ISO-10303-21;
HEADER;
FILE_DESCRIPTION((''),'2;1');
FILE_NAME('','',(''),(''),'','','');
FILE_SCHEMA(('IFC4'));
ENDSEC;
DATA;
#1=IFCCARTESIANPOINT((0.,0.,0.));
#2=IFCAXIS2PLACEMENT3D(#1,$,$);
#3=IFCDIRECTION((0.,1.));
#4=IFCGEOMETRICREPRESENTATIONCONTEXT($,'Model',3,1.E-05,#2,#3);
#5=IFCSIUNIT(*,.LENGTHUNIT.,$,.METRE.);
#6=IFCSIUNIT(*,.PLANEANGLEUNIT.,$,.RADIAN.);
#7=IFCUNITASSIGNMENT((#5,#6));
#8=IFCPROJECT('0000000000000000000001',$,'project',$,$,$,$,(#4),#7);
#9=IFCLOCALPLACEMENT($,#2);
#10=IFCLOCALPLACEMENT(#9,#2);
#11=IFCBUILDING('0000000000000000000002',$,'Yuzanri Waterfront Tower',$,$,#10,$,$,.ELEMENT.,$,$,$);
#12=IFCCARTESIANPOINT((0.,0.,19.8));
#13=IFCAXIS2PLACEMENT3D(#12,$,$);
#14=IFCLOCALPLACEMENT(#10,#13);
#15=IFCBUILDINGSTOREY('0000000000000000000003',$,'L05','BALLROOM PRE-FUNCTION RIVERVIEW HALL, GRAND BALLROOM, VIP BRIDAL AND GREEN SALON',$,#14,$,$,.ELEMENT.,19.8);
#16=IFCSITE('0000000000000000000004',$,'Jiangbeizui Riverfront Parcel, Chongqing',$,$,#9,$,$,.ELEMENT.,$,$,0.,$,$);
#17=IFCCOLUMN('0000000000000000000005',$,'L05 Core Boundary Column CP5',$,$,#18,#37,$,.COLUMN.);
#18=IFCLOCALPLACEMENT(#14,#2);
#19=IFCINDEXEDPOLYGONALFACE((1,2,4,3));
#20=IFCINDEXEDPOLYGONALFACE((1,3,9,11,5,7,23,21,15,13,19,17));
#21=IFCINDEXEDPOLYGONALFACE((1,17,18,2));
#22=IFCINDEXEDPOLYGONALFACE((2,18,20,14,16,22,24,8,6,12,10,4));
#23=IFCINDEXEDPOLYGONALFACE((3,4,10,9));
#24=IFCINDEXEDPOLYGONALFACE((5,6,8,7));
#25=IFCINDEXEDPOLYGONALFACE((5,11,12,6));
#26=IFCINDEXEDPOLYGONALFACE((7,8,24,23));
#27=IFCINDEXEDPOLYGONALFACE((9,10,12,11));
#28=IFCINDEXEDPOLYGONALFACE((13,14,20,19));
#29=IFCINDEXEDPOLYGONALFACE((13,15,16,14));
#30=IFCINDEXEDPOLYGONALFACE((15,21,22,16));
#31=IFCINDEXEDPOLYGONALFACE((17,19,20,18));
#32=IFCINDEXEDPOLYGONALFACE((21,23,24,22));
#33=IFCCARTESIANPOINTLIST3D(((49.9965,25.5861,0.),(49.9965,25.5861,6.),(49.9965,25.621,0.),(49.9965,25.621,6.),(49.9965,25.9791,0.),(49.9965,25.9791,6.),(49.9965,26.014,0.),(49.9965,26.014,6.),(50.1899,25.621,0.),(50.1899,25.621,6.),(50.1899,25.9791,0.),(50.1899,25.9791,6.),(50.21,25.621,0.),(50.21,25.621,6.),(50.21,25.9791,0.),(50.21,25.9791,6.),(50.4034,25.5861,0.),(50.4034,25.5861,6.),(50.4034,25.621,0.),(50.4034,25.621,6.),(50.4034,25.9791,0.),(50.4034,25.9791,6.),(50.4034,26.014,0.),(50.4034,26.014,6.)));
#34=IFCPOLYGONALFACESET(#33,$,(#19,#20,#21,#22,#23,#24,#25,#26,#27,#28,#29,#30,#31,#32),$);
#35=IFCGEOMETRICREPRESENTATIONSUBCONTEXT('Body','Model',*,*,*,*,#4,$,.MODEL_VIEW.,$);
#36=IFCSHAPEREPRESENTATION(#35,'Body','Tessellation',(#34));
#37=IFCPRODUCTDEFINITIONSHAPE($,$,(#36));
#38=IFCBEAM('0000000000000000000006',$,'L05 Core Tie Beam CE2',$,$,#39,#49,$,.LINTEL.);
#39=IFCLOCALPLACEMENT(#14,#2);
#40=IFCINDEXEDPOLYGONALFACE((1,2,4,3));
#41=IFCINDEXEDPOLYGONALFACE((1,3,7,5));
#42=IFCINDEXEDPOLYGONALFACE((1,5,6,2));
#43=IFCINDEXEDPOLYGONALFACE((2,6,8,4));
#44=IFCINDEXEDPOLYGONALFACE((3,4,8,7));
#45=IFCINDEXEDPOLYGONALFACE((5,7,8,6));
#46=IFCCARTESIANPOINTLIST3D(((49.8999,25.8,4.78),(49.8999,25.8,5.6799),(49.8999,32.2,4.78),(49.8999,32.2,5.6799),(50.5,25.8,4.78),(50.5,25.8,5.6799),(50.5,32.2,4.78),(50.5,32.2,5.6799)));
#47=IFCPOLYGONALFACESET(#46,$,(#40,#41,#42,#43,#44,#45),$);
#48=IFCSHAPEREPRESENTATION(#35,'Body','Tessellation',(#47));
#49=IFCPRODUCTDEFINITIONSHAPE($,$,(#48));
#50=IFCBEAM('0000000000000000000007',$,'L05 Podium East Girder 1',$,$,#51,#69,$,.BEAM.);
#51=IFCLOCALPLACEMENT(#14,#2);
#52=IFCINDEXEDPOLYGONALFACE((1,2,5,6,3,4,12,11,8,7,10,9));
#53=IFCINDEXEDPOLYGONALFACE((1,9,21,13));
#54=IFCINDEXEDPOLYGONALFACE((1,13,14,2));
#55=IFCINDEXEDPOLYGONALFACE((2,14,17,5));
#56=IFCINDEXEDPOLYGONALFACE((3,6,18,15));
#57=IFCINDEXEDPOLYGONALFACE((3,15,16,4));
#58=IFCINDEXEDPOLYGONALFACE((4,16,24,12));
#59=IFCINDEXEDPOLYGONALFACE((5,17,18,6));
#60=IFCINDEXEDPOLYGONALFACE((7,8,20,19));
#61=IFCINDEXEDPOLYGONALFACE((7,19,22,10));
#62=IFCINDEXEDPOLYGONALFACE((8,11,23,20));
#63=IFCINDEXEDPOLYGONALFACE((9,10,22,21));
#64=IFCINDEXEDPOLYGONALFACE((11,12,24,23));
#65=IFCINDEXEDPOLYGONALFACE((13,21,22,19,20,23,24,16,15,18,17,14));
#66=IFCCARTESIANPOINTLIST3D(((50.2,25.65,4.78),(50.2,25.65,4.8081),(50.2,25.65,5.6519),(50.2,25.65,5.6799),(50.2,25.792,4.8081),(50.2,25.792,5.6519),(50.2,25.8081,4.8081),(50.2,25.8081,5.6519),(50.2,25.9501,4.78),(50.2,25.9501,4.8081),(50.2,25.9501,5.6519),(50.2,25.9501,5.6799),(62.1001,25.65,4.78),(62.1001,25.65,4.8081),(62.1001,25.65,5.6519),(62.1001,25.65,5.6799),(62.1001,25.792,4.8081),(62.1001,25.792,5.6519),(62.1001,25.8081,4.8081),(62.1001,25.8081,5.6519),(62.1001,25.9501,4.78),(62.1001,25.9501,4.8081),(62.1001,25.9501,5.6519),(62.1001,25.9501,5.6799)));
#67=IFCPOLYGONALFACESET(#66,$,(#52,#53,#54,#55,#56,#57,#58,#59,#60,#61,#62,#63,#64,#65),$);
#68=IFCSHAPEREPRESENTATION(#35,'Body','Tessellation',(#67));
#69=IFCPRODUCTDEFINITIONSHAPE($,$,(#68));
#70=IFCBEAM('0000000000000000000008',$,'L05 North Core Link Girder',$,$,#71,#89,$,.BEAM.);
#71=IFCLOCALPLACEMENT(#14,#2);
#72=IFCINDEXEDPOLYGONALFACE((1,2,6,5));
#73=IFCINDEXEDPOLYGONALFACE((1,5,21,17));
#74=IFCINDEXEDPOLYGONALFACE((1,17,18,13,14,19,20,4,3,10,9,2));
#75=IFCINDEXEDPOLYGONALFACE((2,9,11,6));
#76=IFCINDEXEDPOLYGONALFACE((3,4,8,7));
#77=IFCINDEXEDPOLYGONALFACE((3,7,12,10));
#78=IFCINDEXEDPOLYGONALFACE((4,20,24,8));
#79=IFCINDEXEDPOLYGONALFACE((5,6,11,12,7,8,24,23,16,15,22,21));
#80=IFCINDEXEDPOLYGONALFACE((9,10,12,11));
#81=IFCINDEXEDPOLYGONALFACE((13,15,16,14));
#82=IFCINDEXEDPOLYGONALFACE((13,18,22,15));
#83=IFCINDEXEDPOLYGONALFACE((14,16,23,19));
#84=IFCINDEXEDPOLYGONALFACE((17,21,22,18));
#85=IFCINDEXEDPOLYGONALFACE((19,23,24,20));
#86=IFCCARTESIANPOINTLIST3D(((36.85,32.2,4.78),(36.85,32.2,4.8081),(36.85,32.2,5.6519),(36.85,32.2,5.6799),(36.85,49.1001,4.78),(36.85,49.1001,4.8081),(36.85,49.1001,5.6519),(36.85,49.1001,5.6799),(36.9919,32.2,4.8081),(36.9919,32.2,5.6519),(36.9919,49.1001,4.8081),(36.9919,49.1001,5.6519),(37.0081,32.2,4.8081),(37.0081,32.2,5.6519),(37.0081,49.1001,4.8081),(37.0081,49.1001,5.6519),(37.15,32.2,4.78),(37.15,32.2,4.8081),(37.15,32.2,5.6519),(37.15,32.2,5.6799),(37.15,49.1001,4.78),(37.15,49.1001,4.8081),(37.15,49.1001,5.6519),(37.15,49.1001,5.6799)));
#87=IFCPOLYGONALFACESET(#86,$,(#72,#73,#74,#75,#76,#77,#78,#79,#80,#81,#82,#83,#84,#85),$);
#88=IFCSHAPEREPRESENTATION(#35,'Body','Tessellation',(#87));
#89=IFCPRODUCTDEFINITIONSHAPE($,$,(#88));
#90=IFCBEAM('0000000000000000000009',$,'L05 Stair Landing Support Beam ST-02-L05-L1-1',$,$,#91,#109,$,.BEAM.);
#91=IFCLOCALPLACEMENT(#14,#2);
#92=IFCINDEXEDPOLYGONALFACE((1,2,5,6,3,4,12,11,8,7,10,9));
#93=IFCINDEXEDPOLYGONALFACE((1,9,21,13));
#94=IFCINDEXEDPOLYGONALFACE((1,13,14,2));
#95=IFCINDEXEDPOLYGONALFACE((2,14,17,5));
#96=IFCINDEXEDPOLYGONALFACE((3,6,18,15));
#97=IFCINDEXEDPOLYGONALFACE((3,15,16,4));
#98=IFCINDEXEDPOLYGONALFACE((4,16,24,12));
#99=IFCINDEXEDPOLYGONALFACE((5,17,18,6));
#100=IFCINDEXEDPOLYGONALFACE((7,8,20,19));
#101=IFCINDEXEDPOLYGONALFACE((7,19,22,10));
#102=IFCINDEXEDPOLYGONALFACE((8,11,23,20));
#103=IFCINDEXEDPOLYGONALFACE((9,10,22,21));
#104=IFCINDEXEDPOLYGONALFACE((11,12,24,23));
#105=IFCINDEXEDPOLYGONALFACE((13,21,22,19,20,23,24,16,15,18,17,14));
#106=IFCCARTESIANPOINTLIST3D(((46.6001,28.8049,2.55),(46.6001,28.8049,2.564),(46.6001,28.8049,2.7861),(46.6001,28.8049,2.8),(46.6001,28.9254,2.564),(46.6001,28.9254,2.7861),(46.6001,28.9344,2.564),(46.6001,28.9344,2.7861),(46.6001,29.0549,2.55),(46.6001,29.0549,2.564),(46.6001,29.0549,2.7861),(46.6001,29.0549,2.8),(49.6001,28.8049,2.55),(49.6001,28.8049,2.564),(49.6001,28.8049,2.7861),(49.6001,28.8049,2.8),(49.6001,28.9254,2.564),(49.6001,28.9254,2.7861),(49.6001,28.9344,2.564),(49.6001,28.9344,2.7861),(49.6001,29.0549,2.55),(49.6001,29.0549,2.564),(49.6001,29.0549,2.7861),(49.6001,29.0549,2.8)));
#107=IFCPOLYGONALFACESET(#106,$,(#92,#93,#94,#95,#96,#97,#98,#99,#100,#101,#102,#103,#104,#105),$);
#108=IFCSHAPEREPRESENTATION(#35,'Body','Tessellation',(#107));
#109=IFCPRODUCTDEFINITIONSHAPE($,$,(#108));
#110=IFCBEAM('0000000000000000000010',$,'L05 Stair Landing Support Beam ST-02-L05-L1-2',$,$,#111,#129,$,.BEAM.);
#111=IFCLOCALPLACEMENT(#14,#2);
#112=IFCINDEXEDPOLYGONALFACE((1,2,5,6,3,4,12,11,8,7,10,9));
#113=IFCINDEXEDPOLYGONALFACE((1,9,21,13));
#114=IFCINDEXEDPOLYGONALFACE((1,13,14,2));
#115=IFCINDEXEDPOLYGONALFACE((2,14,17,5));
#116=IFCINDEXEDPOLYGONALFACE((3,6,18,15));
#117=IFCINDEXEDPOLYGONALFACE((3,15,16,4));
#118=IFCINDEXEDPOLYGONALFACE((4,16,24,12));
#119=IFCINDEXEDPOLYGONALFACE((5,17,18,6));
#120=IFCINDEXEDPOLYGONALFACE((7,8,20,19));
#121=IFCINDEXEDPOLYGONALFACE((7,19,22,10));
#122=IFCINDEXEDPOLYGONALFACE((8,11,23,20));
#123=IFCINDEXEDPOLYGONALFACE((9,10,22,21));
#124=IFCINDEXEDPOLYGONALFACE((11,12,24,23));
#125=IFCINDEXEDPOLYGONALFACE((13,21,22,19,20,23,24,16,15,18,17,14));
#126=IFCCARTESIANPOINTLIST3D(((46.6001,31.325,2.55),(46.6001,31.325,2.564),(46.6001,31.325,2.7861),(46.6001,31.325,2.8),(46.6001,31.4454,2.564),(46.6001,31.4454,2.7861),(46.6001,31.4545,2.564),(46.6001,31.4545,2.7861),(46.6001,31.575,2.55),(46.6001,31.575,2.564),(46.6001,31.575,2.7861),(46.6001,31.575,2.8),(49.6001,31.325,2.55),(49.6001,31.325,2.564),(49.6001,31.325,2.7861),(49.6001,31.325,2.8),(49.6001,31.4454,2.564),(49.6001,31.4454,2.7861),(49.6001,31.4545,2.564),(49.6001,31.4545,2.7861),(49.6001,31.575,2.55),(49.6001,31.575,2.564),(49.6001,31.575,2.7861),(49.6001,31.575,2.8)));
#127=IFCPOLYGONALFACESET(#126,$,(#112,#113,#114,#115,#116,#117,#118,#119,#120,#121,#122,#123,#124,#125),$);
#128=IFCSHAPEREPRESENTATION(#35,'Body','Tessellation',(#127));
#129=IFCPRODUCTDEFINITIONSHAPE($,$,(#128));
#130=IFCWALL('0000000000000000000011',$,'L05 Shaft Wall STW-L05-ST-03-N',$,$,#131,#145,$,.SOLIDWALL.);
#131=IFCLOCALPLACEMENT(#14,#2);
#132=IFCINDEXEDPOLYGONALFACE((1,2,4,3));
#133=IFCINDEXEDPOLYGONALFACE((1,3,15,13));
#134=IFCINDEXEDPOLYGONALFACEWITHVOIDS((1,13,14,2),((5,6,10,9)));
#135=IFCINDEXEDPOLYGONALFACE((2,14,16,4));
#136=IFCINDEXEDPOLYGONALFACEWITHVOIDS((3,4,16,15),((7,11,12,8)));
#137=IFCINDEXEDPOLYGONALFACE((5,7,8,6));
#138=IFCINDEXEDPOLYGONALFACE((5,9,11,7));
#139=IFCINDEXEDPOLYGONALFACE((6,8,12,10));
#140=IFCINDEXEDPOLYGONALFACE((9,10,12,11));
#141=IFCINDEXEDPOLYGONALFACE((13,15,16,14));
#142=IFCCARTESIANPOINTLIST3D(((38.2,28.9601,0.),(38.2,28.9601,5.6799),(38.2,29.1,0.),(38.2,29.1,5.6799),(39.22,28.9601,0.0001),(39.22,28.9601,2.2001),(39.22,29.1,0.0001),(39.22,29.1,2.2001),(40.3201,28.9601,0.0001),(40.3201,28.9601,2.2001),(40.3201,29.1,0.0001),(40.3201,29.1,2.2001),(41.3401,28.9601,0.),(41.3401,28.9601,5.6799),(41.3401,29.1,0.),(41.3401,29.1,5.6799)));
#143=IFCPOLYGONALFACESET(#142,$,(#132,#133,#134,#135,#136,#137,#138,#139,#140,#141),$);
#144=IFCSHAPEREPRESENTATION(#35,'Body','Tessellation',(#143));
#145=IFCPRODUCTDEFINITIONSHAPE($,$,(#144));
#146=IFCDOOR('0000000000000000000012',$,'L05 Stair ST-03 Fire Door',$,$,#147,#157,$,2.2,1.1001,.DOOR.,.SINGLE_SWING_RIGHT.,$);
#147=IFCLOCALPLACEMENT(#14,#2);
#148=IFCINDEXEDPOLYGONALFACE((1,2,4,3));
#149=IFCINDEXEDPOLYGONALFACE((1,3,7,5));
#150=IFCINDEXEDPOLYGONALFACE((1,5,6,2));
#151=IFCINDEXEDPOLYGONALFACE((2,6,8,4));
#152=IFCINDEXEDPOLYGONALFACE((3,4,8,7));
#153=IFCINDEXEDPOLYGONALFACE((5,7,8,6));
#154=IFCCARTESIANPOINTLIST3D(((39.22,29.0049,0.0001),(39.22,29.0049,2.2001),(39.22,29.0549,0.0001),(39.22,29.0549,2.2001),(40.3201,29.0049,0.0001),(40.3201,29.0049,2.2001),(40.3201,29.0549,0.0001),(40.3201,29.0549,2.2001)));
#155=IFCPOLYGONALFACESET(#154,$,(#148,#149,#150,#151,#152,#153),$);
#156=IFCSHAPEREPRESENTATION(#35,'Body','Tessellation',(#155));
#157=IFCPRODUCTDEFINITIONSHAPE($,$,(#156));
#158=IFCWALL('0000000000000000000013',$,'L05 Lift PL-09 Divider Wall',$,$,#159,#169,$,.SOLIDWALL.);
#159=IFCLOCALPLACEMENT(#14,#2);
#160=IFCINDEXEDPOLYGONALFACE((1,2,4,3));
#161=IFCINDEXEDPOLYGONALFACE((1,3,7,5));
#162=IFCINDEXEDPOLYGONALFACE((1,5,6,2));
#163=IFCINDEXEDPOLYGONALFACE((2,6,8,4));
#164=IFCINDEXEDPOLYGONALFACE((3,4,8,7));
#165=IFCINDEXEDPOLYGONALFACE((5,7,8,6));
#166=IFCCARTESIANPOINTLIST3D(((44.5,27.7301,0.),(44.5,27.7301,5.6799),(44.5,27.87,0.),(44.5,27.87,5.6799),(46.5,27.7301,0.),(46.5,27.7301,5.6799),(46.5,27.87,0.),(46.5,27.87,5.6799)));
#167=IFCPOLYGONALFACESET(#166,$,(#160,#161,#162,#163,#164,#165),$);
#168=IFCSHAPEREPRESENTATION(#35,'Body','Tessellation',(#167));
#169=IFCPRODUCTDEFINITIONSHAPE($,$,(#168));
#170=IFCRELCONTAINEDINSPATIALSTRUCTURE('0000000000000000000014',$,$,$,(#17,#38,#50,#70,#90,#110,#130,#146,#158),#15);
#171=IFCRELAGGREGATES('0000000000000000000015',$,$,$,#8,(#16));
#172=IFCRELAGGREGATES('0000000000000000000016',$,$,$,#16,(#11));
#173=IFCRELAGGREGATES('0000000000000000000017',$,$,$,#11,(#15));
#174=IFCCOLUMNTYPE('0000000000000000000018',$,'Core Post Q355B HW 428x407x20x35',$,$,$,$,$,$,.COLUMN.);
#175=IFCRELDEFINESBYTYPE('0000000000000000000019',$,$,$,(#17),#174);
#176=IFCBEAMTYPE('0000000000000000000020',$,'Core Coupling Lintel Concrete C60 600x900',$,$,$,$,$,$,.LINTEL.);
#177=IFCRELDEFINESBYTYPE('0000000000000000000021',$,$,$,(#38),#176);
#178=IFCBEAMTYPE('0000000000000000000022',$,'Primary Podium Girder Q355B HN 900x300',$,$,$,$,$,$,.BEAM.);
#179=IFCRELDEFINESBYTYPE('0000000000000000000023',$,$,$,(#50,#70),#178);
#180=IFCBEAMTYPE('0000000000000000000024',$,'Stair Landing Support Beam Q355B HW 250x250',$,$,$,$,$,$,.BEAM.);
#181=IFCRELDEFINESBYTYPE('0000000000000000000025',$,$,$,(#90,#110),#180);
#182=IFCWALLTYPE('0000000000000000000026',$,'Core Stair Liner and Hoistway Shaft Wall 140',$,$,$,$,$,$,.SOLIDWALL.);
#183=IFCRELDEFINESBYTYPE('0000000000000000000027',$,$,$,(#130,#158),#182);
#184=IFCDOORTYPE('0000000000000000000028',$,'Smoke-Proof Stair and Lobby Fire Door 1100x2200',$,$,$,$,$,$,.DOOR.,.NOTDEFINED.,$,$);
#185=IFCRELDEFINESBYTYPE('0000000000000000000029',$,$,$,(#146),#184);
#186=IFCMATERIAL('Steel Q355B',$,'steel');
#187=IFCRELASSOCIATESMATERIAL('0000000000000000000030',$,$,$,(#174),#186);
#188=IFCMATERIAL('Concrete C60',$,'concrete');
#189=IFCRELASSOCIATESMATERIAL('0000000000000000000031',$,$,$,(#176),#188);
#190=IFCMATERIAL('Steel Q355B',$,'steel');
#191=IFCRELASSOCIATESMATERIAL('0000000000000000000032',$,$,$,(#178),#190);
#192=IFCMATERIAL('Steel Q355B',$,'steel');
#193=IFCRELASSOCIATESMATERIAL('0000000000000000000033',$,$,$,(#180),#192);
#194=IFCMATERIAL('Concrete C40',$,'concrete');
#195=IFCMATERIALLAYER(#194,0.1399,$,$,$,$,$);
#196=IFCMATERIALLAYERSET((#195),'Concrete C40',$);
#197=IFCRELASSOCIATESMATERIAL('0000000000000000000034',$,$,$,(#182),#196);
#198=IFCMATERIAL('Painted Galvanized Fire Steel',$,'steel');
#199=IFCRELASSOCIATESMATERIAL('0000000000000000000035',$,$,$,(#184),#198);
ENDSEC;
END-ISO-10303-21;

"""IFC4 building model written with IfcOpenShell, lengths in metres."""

from ifc_helpers import new_model, si_unit, direction, frame, frame_2d, origin, origin_2d, place, context, subcontext, project, spatial, rectangle, i_section, extrude, source, transform, mapped, material, layer, layer_set, material_profile, profile_set, type_object, element, fill, save


model = new_model("IFC4")

# Units and contexts
model_context = context("Model", 3, precision=1e-05, world=origin(), true_north=direction((0.0, 1.0)))
body_context = subcontext(model_context, "Body", "Model", "MODEL_VIEW")
ifc_project = project(units=[si_unit("LENGTHUNIT", "METRE"), si_unit("PLANEANGLEUNIT", "RADIAN")], contexts=[model_context])

# Site, building, storey
site_placement = place(None, origin())
site = spatial("IfcSite", under=ifc_project, at=site_placement, Name="Jiangbeizui Riverfront Parcel, Chongqing", CompositionType="ELEMENT", RefElevation=0.0)
building_placement = place(site_placement, origin())
building = spatial("IfcBuilding", under=site, at=building_placement, Name="Yuzanri Waterfront Tower", CompositionType="ELEMENT")
storey_placement = place(building_placement, frame((0.0, 0.0, 19.8)))
storey = spatial("IfcBuildingStorey", under=building, at=storey_placement, Name="L05", Description="BALLROOM PRE-FUNCTION RIVERVIEW HALL, GRAND BALLROOM, VIP BRIDAL AND GREEN SALON", CompositionType="ELEMENT", Elevation=19.8)

# Column
ifc_material_1 = material(Name="Steel Q355B", Category="steel")
ifc_material_profile_1 = material_profile(ifc_material_1, i_section(OverallWidth=0.407, OverallDepth=0.428, WebThickness=0.02, FlangeThickness=0.0349, at=origin_2d()), Name="HW 428x407x20x35")
ifc_profile_set_1 = profile_set([ifc_material_profile_1], Name="Steel Q355B")
column_type = type_object("IfcColumnType", Name="Core Post Q355B HW 428x407x20x35", PredefinedType="COLUMN", material=ifc_profile_set_1)
shared_shape_1 = source(origin(), body_context, "Body", "SweptSolid", [
    extrude(i_section(OverallWidth=0.407, OverallDepth=0.428, WebThickness=0.02, FlangeThickness=0.0349, at=origin_2d()), origin(), (0.0, 0.0, 1.0), 6.0),
])
column_placement = place(storey_placement, frame((50.2, 25.8, 0.0), z_axis=(0.0, 0.0, 1.0), x_axis=(1.0, 0.0, 0.0)))
element("IfcColumn", 1, at=column_placement, inside=storey, type_object=column_type, Name="L05 Core Boundary Column CP5", PredefinedType="COLUMN", context=body_context, shape_type="MappedRepresentation", body=[
    mapped(shared_shape_1, transform((0.0, 0.0, 0.0), scale=1.0)),
])

# Beams
ifc_material_2 = material(Name="Concrete C60", Category="concrete")
ifc_material_profile_2 = material_profile(ifc_material_2, rectangle(XDim=0.6001, YDim=0.8999, at=origin_2d()), Name="RC 600x900")
ifc_profile_set_2 = profile_set([ifc_material_profile_2], Name="Concrete C60")
beam_type_1 = type_object("IfcBeamType", Name="Core Coupling Lintel Concrete C60 600x900", PredefinedType="LINTEL", material=ifc_profile_set_2)
shared_shape_2 = source(origin(), body_context, "Body", "SweptSolid", [
    extrude(rectangle(XDim=0.6001, YDim=0.8999, at=origin_2d()), origin(), (0.0, 0.0, 1.0), 6.3999),
])
beam_1_placement = place(storey_placement, frame((50.2, 25.8, 5.23), z_axis=(0.0, 1.0, 0.0), x_axis=(-1.0, 0.0, 0.0)))
element("IfcBeam", 2, at=beam_1_placement, inside=storey, type_object=beam_type_1, Name="L05 Core Tie Beam CE2", PredefinedType="LINTEL", context=body_context, shape_type="MappedRepresentation", body=[
    mapped(shared_shape_2, transform((0.0, 0.0, 0.0), scale=1.0)),
])
ifc_material_3 = material(Name="Steel Q355B", Category="steel")
ifc_material_profile_3 = material_profile(ifc_material_3, i_section(OverallWidth=0.3, OverallDepth=0.8999, WebThickness=0.0161, FlangeThickness=0.0281, at=origin_2d()), Name="HN 900x300x16x28")
ifc_profile_set_3 = profile_set([ifc_material_profile_3], Name="Steel Q355B")
beam_type_2 = type_object("IfcBeamType", Name="Primary Podium Girder Q355B HN 900x300", PredefinedType="BEAM", material=ifc_profile_set_3)
shared_shape_3 = source(origin(), body_context, "Body", "SweptSolid", [
    extrude(i_section(OverallWidth=0.3, OverallDepth=0.8999, WebThickness=0.0161, FlangeThickness=0.0281, at=origin_2d()), origin(), (0.0, 0.0, 1.0), 11.9001),
])
beam_2_placement = place(storey_placement, frame((50.2, 25.8, 5.23), z_axis=(1.0, 0.0, 0.0), x_axis=(0.0, 1.0, 0.0)))
element("IfcBeam", 3, at=beam_2_placement, inside=storey, type_object=beam_type_2, Name="L05 Podium East Girder 1", PredefinedType="BEAM", context=body_context, shape_type="MappedRepresentation", body=[
    mapped(shared_shape_3, transform((0.0, 0.0, 0.0), scale=1.0)),
])
shared_shape_4 = source(origin(), body_context, "Body", "SweptSolid", [
    extrude(i_section(OverallWidth=0.3, OverallDepth=0.8999, WebThickness=0.0161, FlangeThickness=0.0281, at=origin_2d()), origin(), (0.0, 0.0, 1.0), 16.9001),
])
beam_3_placement = place(storey_placement, frame((37.0, 32.2, 5.23), z_axis=(0.0, 1.0, 0.0), x_axis=(-1.0, 0.0, 0.0)))
element("IfcBeam", 4, at=beam_3_placement, inside=storey, type_object=beam_type_2, Name="L05 North Core Link Girder", PredefinedType="BEAM", context=body_context, shape_type="MappedRepresentation", body=[
    mapped(shared_shape_4, transform((0.0, 0.0, 0.0), scale=1.0)),
])
ifc_material_4 = material(Name="Steel Q355B", Category="steel")
ifc_material_profile_4 = material_profile(ifc_material_4, i_section(OverallWidth=0.25, OverallDepth=0.25, WebThickness=0.009, FlangeThickness=0.0139, at=origin_2d()), Name="HW 250x250x9x14")
ifc_profile_set_4 = profile_set([ifc_material_profile_4], Name="Steel Q355B")
beam_type_3 = type_object("IfcBeamType", Name="Stair Landing Support Beam Q355B HW 250x250", PredefinedType="BEAM", material=ifc_profile_set_4)
shared_shape_5 = source(origin(), body_context, "Body", "SweptSolid", [
    extrude(i_section(OverallWidth=0.25, OverallDepth=0.25, WebThickness=0.009, FlangeThickness=0.0139, at=origin_2d()), origin(), (0.0, 0.0, 1.0), 3.0),
])
for number, where, z_axis, x_axis, name in (
    (5, (46.6001, 28.9299, 2.675), (1.0, 0.0, 0.0), (0.0, 1.0, 0.0), "L05 Stair Landing Support Beam ST-02-L05-L1-1"),
    (6, (46.6001, 31.45, 2.675), (1.0, 0.0, 0.0), (0.0, 1.0, 0.0), "L05 Stair Landing Support Beam ST-02-L05-L1-2"),
):
    element("IfcBeam", number, at=place(storey_placement, frame(where, z_axis=z_axis, x_axis=x_axis)), inside=storey, type_object=beam_type_3, Name=name, PredefinedType="BEAM", context=body_context, shape_type="MappedRepresentation", body=[
        mapped(shared_shape_5, transform((0.0, 0.0, 0.0), scale=1.0)),
    ])

# Wall, opening, door
ifc_material_5 = material(Name="Concrete C40", Category="concrete")
ifc_layer_1 = layer(ifc_material_5, 0.1399)
ifc_layer_set_1 = layer_set([ifc_layer_1], Name="Concrete C40")
wall_type = type_object("IfcWallType", Name="Core Stair Liner and Hoistway Shaft Wall 140", PredefinedType="SOLIDWALL", material=ifc_layer_set_1)
wall_1_placement = place(storey_placement, frame((38.2, 29.03, 0.0), z_axis=(0.0, 0.0, 1.0), x_axis=(1.0, 0.0, 0.0)))
wall_1 = element("IfcWall", 7, at=wall_1_placement, inside=storey, type_object=wall_type, Name="L05 Shaft Wall STW-L05-ST-03-N", PredefinedType="SOLIDWALL", context=body_context, shape_type="SweptSolid", body=[
    extrude(rectangle(XDim=3.1401, YDim=0.1399, at=frame_2d((1.5701, 0.0))), origin(), (0.0, 0.0, 1.0), 5.6799),
])
opening_placement = place(wall_1_placement, frame((1.02, 0.0, 0.0)))
opening = element("IfcOpeningElement", 8, at=opening_placement, cuts=wall_1, PredefinedType="OPENING", context=body_context, shape_type="SweptSolid", body=[
    extrude(rectangle(XDim=1.1001, YDim=2.2, at=frame_2d((0.55, 1.1001))), frame((0.0, 0.085, 0.0), z_axis=(0.0, -1.0, 0.0), x_axis=(1.0, 0.0, 0.0)), (0.0, 0.0, 1.0), 0.1697),
])
ifc_material_6 = material(Name="Painted Galvanized Fire Steel", Category="steel")
door_type = type_object("IfcDoorType", Name="Smoke-Proof Stair and Lobby Fire Door 1100x2200", OperationType="NOTDEFINED", PredefinedType="DOOR", material=ifc_material_6)
shared_shape_6 = source(origin(), body_context, "Body", "SweptSolid", [
    extrude(rectangle(XDim=1.1001, YDim=2.2, at=frame_2d((0.55, 1.1001))), frame((0.0, 0.0249, 0.0), z_axis=(0.0, -1.0, 0.0), x_axis=(1.0, 0.0, 0.0)), (0.0, 0.0, 1.0), 0.05),
])
door_placement = place(opening_placement, origin())
door = element("IfcDoor", 9, at=door_placement, inside=storey, type_object=door_type, Name="L05 Stair ST-03 Fire Door", OperationType="SINGLE_SWING_RIGHT", OverallHeight=2.2, OverallWidth=1.1001, PredefinedType="DOOR", context=body_context, shape_type="MappedRepresentation", body=[
    mapped(shared_shape_6, transform((0.0, 0.0, 0.0), scale=1.0)),
])
fill(opening, door)

# Wall
shared_shape_7 = source(origin(), body_context, "Body", "SweptSolid", [
    extrude(rectangle(XDim=2.0, YDim=0.1399, at=frame_2d((1.0, 0.0))), origin(), (0.0, 0.0, 1.0), 5.6799),
])
for number, where, z_axis, x_axis, name in (
    (10, (44.5, 27.8, 0.0), (0.0, 0.0, 1.0), (1.0, 0.0, 0.0), "L05 Lift PL-09 Divider Wall"),
):
    element("IfcWall", number, at=place(storey_placement, frame(where, z_axis=z_axis, x_axis=x_axis)), inside=storey, type_object=wall_type, Name=name, PredefinedType="SOLIDWALL", context=body_context, shape_type="MappedRepresentation", body=[
        mapped(shared_shape_7, transform((0.0, 0.0, 0.0), scale=1.0)),
    ])

save(model, "model.ifc")
